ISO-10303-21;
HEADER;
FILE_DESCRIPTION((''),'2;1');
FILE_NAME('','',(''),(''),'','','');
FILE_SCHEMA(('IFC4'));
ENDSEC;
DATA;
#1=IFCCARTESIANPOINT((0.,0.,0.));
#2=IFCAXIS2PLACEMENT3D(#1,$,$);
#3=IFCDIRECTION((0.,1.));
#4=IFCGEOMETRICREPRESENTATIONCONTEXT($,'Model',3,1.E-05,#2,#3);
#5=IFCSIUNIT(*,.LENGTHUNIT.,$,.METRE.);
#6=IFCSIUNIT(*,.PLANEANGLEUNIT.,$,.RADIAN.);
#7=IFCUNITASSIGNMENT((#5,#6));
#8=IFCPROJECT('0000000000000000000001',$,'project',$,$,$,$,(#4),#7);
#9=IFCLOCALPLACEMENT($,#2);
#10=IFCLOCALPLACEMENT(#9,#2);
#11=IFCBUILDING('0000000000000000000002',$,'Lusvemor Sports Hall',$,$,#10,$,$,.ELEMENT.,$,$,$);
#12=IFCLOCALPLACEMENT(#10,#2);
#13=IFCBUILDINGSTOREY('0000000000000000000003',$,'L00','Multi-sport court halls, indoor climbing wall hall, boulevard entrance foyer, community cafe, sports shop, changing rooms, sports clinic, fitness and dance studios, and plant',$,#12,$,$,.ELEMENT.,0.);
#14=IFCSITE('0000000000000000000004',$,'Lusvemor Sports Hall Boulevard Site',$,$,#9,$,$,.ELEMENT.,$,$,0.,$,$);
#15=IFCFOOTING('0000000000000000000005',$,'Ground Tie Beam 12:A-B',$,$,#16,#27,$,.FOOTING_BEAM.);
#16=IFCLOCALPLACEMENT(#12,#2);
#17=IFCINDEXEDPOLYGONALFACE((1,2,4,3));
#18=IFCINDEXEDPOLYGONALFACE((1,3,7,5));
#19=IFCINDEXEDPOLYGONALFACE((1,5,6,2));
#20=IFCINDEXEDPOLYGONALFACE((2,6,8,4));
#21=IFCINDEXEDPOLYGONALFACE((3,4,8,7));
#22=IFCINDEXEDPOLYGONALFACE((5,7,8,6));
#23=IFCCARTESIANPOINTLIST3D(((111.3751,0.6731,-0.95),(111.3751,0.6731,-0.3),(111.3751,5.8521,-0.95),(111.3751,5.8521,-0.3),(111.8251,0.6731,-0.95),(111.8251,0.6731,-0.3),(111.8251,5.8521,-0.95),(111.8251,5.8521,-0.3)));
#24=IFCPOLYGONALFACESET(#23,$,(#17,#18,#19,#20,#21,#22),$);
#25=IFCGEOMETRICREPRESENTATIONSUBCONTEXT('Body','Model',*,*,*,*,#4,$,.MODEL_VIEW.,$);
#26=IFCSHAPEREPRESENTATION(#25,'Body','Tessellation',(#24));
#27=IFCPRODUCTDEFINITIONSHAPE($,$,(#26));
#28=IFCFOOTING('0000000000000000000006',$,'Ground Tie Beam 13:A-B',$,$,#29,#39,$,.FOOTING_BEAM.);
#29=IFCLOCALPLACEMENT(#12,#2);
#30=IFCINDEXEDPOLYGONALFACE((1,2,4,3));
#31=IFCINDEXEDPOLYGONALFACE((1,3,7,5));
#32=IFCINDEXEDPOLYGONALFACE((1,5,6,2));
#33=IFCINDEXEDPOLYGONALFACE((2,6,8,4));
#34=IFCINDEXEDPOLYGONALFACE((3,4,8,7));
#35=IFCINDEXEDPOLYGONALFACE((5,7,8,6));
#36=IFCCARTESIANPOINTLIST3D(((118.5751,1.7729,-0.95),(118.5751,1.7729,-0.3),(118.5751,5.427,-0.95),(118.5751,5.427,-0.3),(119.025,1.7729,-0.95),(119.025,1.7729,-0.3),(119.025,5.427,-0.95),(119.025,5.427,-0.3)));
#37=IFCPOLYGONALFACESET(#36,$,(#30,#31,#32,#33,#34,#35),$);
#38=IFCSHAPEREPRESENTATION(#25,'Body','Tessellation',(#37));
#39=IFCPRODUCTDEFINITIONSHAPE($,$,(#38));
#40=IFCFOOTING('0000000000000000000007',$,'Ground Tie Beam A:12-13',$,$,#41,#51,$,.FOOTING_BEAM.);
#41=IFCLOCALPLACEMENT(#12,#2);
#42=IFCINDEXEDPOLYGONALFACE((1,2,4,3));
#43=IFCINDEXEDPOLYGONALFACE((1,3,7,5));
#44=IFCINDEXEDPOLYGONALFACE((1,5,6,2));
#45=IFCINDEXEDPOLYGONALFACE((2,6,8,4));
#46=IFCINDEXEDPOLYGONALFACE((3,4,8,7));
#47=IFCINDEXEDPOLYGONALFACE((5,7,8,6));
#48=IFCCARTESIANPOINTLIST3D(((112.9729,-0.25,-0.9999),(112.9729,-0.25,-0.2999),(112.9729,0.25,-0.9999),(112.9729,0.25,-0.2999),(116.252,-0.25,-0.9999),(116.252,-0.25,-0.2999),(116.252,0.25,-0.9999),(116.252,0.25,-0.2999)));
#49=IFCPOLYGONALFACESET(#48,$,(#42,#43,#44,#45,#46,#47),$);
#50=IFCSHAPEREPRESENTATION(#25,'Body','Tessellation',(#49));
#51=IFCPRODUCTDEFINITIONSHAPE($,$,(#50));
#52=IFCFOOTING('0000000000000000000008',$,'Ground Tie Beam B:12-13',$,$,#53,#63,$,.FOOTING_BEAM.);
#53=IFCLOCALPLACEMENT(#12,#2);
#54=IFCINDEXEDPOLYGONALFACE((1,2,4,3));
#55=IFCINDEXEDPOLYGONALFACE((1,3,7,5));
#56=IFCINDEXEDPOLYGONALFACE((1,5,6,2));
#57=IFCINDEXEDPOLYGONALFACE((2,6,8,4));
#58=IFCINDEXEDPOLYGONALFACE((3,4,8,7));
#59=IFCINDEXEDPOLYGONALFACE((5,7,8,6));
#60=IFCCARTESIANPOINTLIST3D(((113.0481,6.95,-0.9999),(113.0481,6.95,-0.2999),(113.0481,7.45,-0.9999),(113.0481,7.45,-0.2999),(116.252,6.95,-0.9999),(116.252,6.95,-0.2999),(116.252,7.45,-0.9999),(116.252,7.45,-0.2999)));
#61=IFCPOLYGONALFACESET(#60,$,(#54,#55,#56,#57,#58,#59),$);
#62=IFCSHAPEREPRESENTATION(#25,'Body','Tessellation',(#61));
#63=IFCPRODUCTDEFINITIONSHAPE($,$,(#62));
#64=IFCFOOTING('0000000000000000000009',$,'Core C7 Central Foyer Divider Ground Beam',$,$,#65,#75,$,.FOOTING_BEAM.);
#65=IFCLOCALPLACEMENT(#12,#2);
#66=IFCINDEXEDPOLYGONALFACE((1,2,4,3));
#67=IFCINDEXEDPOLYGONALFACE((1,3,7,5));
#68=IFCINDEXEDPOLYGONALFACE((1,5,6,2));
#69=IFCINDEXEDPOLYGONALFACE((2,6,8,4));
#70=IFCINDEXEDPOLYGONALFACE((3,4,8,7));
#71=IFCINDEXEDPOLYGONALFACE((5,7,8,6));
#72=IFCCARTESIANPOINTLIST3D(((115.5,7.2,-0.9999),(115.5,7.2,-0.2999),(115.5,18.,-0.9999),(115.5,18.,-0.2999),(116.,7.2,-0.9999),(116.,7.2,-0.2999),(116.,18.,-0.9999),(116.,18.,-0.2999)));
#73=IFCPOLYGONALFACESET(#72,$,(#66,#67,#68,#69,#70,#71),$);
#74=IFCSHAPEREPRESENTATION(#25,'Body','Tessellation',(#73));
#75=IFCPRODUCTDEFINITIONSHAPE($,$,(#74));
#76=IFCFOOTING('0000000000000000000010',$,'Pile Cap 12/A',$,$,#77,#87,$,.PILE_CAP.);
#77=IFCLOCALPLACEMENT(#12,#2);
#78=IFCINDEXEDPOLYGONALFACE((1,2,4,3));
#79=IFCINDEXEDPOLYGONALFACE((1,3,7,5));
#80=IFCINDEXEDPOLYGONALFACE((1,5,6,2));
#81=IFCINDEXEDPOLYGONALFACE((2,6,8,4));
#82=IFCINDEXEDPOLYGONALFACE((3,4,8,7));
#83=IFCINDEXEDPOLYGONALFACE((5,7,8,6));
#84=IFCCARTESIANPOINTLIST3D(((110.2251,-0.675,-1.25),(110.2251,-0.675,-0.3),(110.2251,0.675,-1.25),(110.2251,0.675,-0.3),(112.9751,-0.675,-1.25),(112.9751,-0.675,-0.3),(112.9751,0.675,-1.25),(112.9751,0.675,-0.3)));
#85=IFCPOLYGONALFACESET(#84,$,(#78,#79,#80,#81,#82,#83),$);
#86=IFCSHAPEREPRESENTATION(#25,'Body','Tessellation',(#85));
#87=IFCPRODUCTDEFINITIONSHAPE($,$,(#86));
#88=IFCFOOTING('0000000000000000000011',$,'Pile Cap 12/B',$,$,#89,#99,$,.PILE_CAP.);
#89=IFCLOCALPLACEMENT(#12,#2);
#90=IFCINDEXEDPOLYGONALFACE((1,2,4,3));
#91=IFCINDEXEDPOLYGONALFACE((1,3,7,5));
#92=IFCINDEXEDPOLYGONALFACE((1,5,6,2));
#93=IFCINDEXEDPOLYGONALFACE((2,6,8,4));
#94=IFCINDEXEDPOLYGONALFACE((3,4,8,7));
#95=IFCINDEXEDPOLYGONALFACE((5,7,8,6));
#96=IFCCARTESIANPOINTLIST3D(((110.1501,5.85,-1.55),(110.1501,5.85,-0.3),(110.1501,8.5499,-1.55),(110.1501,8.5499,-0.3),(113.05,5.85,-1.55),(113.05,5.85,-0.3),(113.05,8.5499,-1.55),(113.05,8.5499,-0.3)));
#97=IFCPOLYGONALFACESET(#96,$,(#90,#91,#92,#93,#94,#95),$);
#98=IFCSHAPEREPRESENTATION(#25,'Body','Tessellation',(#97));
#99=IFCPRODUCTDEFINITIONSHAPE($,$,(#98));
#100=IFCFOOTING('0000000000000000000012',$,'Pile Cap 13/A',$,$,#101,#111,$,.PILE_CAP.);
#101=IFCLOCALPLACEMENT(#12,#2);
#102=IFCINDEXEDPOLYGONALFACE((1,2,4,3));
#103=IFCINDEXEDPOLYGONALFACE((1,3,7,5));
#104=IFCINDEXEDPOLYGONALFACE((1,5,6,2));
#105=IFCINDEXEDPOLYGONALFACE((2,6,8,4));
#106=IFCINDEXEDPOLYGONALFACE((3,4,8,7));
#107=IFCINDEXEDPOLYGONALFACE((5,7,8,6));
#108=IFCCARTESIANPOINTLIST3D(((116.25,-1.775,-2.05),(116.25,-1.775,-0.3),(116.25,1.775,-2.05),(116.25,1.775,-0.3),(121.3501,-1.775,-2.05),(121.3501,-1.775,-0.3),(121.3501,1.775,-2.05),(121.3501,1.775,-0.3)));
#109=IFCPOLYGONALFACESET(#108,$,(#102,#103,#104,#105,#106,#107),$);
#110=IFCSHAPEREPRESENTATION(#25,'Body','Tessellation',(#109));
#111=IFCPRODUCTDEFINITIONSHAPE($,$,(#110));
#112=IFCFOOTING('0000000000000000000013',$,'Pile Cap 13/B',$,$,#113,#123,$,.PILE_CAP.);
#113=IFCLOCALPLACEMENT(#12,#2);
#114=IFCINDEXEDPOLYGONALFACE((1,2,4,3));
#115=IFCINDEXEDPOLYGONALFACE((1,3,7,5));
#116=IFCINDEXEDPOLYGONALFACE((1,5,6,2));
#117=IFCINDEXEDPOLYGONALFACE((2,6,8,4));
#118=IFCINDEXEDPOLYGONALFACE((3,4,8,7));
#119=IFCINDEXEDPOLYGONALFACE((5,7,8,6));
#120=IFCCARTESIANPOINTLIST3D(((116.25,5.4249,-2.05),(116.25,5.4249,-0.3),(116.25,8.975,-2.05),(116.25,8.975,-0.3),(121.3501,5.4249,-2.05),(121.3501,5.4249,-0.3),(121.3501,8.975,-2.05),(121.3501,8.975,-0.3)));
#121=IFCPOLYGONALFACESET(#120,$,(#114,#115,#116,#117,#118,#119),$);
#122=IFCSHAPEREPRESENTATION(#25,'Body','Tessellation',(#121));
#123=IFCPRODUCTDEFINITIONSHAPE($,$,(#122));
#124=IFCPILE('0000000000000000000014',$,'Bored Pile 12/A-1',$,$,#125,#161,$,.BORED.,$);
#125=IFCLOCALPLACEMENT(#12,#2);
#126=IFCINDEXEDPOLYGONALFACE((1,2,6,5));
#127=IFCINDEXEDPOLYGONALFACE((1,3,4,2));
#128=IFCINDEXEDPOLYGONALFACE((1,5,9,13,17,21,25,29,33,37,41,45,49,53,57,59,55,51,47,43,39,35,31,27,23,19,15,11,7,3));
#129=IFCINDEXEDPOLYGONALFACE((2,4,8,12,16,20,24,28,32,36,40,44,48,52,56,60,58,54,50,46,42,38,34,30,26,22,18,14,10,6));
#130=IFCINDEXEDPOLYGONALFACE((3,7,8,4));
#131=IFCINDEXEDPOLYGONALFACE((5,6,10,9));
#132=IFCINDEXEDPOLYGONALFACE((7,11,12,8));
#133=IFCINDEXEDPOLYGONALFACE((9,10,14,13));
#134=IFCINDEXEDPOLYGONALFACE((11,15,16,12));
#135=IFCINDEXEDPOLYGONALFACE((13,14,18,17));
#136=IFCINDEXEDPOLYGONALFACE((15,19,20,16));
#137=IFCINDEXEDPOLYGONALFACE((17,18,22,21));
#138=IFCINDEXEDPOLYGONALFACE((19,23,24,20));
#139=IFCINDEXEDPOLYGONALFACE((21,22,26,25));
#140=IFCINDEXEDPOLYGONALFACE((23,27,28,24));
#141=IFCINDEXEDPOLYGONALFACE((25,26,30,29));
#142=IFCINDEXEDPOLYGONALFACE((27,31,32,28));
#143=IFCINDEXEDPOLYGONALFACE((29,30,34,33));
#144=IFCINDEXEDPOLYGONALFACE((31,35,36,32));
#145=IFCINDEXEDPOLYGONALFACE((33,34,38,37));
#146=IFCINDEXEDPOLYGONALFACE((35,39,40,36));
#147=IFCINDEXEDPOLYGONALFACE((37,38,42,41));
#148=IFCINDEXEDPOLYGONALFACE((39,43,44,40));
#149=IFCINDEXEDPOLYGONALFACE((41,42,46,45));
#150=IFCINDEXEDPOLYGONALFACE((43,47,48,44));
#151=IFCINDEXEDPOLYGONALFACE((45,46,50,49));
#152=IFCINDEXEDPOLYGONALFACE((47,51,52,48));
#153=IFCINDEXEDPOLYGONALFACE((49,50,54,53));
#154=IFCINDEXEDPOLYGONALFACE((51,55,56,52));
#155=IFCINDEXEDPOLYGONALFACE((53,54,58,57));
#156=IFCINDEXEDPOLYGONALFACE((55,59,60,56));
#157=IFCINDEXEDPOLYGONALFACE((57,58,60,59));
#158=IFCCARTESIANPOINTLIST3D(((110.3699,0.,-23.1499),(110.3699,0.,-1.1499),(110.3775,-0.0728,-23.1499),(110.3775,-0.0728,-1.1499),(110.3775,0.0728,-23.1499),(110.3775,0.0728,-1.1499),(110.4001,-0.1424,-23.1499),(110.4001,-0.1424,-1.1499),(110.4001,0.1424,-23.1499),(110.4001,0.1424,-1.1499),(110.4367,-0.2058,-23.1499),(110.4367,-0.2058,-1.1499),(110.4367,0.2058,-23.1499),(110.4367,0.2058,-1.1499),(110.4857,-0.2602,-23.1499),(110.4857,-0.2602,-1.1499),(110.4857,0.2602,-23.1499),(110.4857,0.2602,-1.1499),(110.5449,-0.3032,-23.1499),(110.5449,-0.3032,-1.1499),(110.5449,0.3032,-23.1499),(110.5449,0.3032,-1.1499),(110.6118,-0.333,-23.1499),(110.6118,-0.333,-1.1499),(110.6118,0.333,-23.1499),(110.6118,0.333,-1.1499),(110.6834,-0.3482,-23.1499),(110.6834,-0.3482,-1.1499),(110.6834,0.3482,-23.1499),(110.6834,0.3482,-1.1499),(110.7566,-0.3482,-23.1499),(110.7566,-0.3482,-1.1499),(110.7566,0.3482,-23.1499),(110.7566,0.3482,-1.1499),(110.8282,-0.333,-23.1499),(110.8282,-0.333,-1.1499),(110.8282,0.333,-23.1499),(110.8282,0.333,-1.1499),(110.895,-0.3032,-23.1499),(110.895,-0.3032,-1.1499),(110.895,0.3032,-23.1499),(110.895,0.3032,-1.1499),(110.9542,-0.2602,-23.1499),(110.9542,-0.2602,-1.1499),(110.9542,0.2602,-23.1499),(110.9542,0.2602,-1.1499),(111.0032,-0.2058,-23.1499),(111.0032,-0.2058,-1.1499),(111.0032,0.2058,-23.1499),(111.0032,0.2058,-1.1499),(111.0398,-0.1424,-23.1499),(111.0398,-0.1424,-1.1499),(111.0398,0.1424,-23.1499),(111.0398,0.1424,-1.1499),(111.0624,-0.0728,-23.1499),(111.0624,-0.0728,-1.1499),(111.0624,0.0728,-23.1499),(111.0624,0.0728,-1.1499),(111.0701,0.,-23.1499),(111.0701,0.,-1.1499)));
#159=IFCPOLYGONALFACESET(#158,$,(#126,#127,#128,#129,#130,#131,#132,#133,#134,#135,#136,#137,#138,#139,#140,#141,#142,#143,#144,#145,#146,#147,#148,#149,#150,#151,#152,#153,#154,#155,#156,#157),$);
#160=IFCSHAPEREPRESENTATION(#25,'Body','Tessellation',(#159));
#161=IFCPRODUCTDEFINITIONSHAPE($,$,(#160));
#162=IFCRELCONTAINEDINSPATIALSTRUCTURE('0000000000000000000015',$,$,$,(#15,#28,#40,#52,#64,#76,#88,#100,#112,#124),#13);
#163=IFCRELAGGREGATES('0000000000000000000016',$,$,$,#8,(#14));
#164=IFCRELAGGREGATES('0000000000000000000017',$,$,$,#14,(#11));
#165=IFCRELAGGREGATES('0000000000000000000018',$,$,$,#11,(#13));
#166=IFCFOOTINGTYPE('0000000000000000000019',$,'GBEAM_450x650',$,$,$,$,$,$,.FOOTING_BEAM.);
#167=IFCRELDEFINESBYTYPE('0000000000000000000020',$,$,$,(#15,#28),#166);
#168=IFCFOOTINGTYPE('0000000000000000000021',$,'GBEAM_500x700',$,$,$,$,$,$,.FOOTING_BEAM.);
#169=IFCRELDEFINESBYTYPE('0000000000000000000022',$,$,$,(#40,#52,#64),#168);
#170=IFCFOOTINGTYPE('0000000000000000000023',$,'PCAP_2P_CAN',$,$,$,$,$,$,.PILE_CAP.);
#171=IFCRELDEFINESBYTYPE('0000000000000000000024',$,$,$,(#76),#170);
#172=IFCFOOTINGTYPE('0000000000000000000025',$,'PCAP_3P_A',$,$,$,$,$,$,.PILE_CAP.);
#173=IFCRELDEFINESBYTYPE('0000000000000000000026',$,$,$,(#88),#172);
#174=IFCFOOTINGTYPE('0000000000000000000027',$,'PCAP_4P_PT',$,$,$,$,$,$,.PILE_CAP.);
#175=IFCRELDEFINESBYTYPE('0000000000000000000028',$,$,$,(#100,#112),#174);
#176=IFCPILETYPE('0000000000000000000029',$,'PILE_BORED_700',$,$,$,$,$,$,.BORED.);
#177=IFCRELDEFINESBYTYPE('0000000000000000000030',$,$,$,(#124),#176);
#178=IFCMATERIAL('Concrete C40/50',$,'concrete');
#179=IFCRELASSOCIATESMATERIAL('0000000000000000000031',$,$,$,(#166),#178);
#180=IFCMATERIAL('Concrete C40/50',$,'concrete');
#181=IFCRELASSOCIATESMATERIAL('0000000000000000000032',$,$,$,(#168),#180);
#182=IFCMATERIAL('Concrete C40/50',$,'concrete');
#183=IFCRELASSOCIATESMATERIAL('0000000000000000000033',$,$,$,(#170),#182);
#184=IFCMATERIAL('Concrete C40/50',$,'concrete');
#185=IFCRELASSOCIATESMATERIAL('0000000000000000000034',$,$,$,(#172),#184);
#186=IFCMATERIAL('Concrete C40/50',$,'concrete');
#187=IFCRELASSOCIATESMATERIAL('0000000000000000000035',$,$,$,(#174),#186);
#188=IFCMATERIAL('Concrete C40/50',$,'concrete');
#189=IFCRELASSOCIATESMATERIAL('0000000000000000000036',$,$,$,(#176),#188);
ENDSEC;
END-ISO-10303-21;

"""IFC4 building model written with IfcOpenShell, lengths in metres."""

from ifc_helpers import new_model, si_unit, direction, frame, origin, origin_2d, place, context, subcontext, project, spatial, rectangle, circle, extrude, material, material_profile, profile_set, type_object, element, save


model = new_model("IFC4")

# Units and contexts
model_context = context("Model", 3, precision=1e-05, world=origin(), true_north=direction((0.0, 1.0)))
body_context = subcontext(model_context, "Body", "Model", "MODEL_VIEW")
ifc_project = project(units=[si_unit("LENGTHUNIT", "METRE"), si_unit("PLANEANGLEUNIT", "RADIAN")], contexts=[model_context])

# Site, building, storey
site_placement = place(None, origin())
site = spatial("IfcSite", under=ifc_project, at=site_placement, Name="Lusvemor Sports Hall Boulevard Site", CompositionType="ELEMENT", RefElevation=0.0)
building_placement = place(site_placement, origin())
building = spatial("IfcBuilding", under=site, at=building_placement, Name="Lusvemor Sports Hall", CompositionType="ELEMENT")
storey_placement = place(building_placement, origin())
storey = spatial("IfcBuildingStorey", under=building, at=storey_placement, Name="L00", Description="Multi-sport court halls, indoor climbing wall hall, boulevard entrance foyer, community cafe, sports shop, changing rooms, sports clinic, fitness and dance studios, and plant", CompositionType="ELEMENT", Elevation=0.0)

# Footings
ifc_material_1 = material(Name="Concrete C40/50", Category="concrete")
ifc_material_profile_1 = material_profile(ifc_material_1, rectangle(XDim=0.45, YDim=0.6499, at=origin_2d()), Name="GB_450x650")
ifc_profile_set_1 = profile_set([ifc_material_profile_1], Name="Concrete C40/50")
footing_type_1 = type_object("IfcFootingType", Name="GBEAM_450x650", PredefinedType="FOOTING_BEAM", material=ifc_profile_set_1)
footing_1_placement = place(storey_placement, frame((111.6001, 0.6731, -0.625), z_axis=(0.0, 1.0, 0.0), x_axis=(-1.0, 0.0, 0.0)))
element("IfcFooting", 1, at=footing_1_placement, inside=storey, type_object=footing_type_1, Name="Ground Tie Beam 12:A-B", PredefinedType="FOOTING_BEAM", context=body_context, shape_type="SweptSolid", body=[
    extrude(rectangle(XDim=0.45, YDim=0.6499, at=origin_2d()), origin(), (0.0, 0.0, 1.0), 5.179),
])
footing_2_placement = place(storey_placement, frame((118.8, 1.7729, -0.625), z_axis=(0.0, 1.0, 0.0), x_axis=(-1.0, 0.0, 0.0)))
element("IfcFooting", 2, at=footing_2_placement, inside=storey, type_object=footing_type_1, Name="Ground Tie Beam 13:A-B", PredefinedType="FOOTING_BEAM", context=body_context, shape_type="SweptSolid", body=[
    extrude(rectangle(XDim=0.45, YDim=0.6499, at=origin_2d()), origin(), (0.0, 0.0, 1.0), 3.6541),
])
ifc_material_2 = material(Name="Concrete C40/50", Category="concrete")
ifc_material_profile_2 = material_profile(ifc_material_2, rectangle(XDim=0.5, YDim=0.7, at=origin_2d()), Name="GB_500x700")
ifc_profile_set_2 = profile_set([ifc_material_profile_2], Name="Concrete C40/50")
footing_type_2 = type_object("IfcFootingType", Name="GBEAM_500x700", PredefinedType="FOOTING_BEAM", material=ifc_profile_set_2)
footing_3_placement = place(storey_placement, frame((112.9729, 0.0, -0.6499), z_axis=(1.0, 0.0, 0.0), x_axis=(0.0, 1.0, 0.0)))
element("IfcFooting", 3, at=footing_3_placement, inside=storey, type_object=footing_type_2, Name="Ground Tie Beam A:12-13", PredefinedType="FOOTING_BEAM", context=body_context, shape_type="SweptSolid", body=[
    extrude(rectangle(XDim=0.5, YDim=0.7, at=origin_2d()), origin(), (0.0, 0.0, 1.0), 3.2791),
])
footing_4_placement = place(storey_placement, frame((113.0481, 7.2, -0.6499), z_axis=(1.0, 0.0, 0.0), x_axis=(0.0, 1.0, 0.0)))
element("IfcFooting", 4, at=footing_4_placement, inside=storey, type_object=footing_type_2, Name="Ground Tie Beam B:12-13", PredefinedType="FOOTING_BEAM", context=body_context, shape_type="SweptSolid", body=[
    extrude(rectangle(XDim=0.5, YDim=0.7, at=origin_2d()), origin(), (0.0, 0.0, 1.0), 3.2039),
])
footing_5_placement = place(storey_placement, frame((115.75, 7.2, -0.6499), z_axis=(0.0, 1.0, 0.0), x_axis=(-1.0, 0.0, 0.0)))
element("IfcFooting", 5, at=footing_5_placement, inside=storey, type_object=footing_type_2, Name="Core C7 Central Foyer Divider Ground Beam", PredefinedType="FOOTING_BEAM", context=body_context, shape_type="SweptSolid", body=[
    extrude(rectangle(XDim=0.5, YDim=0.7, at=origin_2d()), origin(), (0.0, 0.0, 1.0), 10.8),
])
ifc_material_3 = material(Name="Concrete C40/50", Category="concrete")
footing_type_3 = type_object("IfcFootingType", Name="PCAP_2P_CAN", PredefinedType="PILE_CAP", material=ifc_material_3)
footing_6_placement = place(storey_placement, frame((111.6001, 0.0, -1.25), z_axis=(0.0, 0.0, 1.0), x_axis=(1.0, 0.0, 0.0)))
element("IfcFooting", 6, at=footing_6_placement, inside=storey, type_object=footing_type_3, Name="Pile Cap 12/A", PredefinedType="PILE_CAP", context=body_context, shape_type="SweptSolid", body=[
    extrude(rectangle(XDim=2.75, YDim=1.3501, at=origin_2d()), origin(), (0.0, 0.0, 1.0), 0.95),
])
ifc_material_4 = material(Name="Concrete C40/50", Category="concrete")
footing_type_4 = type_object("IfcFootingType", Name="PCAP_3P_A", PredefinedType="PILE_CAP", material=ifc_material_4)
footing_7_placement = place(storey_placement, frame((111.6001, 7.2, -1.55), z_axis=(0.0, 0.0, 1.0), x_axis=(1.0, 0.0, 0.0)))
element("IfcFooting", 7, at=footing_7_placement, inside=storey, type_object=footing_type_4, Name="Pile Cap 12/B", PredefinedType="PILE_CAP", context=body_context, shape_type="SweptSolid", body=[
    extrude(rectangle(XDim=2.8999, YDim=2.7, at=origin_2d()), origin(), (0.0, 0.0, 1.0), 1.25),
])
ifc_material_5 = material(Name="Concrete C40/50", Category="concrete")
footing_type_5 = type_object("IfcFootingType", Name="PCAP_4P_PT", PredefinedType="PILE_CAP", material=ifc_material_5)
for number, where, z_axis, x_axis, name in (
    (8, (118.8, 0.0, -2.05), (0.0, 0.0, 1.0), (1.0, 0.0, 0.0), "Pile Cap 13/A"),
    (9, (118.8, 7.2, -2.05), (0.0, 0.0, 1.0), (1.0, 0.0, 0.0), "Pile Cap 13/B"),
):
    element("IfcFooting", number, at=place(storey_placement, frame(where, z_axis=z_axis, x_axis=x_axis)), inside=storey, type_object=footing_type_5, Name=name, PredefinedType="PILE_CAP", context=body_context, shape_type="SweptSolid", body=[
        extrude(rectangle(XDim=5.1001, YDim=3.55, at=origin_2d()), origin(), (0.0, 0.0, 1.0), 1.75),
    ])

# Pile
ifc_material_6 = material(Name="Concrete C40/50", Category="concrete")
ifc_material_profile_3 = material_profile(ifc_material_6, circle(Radius=0.3501, at=origin_2d()), Name="PILE700")
ifc_profile_set_3 = profile_set([ifc_material_profile_3], Name="Concrete C40/50")
pile_type_1 = type_object("IfcPileType", Name="PILE_BORED_700", PredefinedType="BORED", material=ifc_profile_set_3)
for number, where, z_axis, x_axis, name in (
    (10, (110.72, 0.0, -1.1499), (0.0, 0.0, -1.0), (1.0, 0.0, 0.0), "Bored Pile 12/A-1"),
):
    element("IfcPile", number, at=place(storey_placement, frame(where, z_axis=z_axis, x_axis=x_axis)), inside=storey, type_object=pile_type_1, Name=name, PredefinedType="BORED", context=body_context, shape_type="SweptSolid", body=[
        extrude(circle(Radius=0.3501, at=origin_2d()), origin(), (0.0, 0.0, 1.0), 22.0),
    ])

save(model, "model.ifc")
